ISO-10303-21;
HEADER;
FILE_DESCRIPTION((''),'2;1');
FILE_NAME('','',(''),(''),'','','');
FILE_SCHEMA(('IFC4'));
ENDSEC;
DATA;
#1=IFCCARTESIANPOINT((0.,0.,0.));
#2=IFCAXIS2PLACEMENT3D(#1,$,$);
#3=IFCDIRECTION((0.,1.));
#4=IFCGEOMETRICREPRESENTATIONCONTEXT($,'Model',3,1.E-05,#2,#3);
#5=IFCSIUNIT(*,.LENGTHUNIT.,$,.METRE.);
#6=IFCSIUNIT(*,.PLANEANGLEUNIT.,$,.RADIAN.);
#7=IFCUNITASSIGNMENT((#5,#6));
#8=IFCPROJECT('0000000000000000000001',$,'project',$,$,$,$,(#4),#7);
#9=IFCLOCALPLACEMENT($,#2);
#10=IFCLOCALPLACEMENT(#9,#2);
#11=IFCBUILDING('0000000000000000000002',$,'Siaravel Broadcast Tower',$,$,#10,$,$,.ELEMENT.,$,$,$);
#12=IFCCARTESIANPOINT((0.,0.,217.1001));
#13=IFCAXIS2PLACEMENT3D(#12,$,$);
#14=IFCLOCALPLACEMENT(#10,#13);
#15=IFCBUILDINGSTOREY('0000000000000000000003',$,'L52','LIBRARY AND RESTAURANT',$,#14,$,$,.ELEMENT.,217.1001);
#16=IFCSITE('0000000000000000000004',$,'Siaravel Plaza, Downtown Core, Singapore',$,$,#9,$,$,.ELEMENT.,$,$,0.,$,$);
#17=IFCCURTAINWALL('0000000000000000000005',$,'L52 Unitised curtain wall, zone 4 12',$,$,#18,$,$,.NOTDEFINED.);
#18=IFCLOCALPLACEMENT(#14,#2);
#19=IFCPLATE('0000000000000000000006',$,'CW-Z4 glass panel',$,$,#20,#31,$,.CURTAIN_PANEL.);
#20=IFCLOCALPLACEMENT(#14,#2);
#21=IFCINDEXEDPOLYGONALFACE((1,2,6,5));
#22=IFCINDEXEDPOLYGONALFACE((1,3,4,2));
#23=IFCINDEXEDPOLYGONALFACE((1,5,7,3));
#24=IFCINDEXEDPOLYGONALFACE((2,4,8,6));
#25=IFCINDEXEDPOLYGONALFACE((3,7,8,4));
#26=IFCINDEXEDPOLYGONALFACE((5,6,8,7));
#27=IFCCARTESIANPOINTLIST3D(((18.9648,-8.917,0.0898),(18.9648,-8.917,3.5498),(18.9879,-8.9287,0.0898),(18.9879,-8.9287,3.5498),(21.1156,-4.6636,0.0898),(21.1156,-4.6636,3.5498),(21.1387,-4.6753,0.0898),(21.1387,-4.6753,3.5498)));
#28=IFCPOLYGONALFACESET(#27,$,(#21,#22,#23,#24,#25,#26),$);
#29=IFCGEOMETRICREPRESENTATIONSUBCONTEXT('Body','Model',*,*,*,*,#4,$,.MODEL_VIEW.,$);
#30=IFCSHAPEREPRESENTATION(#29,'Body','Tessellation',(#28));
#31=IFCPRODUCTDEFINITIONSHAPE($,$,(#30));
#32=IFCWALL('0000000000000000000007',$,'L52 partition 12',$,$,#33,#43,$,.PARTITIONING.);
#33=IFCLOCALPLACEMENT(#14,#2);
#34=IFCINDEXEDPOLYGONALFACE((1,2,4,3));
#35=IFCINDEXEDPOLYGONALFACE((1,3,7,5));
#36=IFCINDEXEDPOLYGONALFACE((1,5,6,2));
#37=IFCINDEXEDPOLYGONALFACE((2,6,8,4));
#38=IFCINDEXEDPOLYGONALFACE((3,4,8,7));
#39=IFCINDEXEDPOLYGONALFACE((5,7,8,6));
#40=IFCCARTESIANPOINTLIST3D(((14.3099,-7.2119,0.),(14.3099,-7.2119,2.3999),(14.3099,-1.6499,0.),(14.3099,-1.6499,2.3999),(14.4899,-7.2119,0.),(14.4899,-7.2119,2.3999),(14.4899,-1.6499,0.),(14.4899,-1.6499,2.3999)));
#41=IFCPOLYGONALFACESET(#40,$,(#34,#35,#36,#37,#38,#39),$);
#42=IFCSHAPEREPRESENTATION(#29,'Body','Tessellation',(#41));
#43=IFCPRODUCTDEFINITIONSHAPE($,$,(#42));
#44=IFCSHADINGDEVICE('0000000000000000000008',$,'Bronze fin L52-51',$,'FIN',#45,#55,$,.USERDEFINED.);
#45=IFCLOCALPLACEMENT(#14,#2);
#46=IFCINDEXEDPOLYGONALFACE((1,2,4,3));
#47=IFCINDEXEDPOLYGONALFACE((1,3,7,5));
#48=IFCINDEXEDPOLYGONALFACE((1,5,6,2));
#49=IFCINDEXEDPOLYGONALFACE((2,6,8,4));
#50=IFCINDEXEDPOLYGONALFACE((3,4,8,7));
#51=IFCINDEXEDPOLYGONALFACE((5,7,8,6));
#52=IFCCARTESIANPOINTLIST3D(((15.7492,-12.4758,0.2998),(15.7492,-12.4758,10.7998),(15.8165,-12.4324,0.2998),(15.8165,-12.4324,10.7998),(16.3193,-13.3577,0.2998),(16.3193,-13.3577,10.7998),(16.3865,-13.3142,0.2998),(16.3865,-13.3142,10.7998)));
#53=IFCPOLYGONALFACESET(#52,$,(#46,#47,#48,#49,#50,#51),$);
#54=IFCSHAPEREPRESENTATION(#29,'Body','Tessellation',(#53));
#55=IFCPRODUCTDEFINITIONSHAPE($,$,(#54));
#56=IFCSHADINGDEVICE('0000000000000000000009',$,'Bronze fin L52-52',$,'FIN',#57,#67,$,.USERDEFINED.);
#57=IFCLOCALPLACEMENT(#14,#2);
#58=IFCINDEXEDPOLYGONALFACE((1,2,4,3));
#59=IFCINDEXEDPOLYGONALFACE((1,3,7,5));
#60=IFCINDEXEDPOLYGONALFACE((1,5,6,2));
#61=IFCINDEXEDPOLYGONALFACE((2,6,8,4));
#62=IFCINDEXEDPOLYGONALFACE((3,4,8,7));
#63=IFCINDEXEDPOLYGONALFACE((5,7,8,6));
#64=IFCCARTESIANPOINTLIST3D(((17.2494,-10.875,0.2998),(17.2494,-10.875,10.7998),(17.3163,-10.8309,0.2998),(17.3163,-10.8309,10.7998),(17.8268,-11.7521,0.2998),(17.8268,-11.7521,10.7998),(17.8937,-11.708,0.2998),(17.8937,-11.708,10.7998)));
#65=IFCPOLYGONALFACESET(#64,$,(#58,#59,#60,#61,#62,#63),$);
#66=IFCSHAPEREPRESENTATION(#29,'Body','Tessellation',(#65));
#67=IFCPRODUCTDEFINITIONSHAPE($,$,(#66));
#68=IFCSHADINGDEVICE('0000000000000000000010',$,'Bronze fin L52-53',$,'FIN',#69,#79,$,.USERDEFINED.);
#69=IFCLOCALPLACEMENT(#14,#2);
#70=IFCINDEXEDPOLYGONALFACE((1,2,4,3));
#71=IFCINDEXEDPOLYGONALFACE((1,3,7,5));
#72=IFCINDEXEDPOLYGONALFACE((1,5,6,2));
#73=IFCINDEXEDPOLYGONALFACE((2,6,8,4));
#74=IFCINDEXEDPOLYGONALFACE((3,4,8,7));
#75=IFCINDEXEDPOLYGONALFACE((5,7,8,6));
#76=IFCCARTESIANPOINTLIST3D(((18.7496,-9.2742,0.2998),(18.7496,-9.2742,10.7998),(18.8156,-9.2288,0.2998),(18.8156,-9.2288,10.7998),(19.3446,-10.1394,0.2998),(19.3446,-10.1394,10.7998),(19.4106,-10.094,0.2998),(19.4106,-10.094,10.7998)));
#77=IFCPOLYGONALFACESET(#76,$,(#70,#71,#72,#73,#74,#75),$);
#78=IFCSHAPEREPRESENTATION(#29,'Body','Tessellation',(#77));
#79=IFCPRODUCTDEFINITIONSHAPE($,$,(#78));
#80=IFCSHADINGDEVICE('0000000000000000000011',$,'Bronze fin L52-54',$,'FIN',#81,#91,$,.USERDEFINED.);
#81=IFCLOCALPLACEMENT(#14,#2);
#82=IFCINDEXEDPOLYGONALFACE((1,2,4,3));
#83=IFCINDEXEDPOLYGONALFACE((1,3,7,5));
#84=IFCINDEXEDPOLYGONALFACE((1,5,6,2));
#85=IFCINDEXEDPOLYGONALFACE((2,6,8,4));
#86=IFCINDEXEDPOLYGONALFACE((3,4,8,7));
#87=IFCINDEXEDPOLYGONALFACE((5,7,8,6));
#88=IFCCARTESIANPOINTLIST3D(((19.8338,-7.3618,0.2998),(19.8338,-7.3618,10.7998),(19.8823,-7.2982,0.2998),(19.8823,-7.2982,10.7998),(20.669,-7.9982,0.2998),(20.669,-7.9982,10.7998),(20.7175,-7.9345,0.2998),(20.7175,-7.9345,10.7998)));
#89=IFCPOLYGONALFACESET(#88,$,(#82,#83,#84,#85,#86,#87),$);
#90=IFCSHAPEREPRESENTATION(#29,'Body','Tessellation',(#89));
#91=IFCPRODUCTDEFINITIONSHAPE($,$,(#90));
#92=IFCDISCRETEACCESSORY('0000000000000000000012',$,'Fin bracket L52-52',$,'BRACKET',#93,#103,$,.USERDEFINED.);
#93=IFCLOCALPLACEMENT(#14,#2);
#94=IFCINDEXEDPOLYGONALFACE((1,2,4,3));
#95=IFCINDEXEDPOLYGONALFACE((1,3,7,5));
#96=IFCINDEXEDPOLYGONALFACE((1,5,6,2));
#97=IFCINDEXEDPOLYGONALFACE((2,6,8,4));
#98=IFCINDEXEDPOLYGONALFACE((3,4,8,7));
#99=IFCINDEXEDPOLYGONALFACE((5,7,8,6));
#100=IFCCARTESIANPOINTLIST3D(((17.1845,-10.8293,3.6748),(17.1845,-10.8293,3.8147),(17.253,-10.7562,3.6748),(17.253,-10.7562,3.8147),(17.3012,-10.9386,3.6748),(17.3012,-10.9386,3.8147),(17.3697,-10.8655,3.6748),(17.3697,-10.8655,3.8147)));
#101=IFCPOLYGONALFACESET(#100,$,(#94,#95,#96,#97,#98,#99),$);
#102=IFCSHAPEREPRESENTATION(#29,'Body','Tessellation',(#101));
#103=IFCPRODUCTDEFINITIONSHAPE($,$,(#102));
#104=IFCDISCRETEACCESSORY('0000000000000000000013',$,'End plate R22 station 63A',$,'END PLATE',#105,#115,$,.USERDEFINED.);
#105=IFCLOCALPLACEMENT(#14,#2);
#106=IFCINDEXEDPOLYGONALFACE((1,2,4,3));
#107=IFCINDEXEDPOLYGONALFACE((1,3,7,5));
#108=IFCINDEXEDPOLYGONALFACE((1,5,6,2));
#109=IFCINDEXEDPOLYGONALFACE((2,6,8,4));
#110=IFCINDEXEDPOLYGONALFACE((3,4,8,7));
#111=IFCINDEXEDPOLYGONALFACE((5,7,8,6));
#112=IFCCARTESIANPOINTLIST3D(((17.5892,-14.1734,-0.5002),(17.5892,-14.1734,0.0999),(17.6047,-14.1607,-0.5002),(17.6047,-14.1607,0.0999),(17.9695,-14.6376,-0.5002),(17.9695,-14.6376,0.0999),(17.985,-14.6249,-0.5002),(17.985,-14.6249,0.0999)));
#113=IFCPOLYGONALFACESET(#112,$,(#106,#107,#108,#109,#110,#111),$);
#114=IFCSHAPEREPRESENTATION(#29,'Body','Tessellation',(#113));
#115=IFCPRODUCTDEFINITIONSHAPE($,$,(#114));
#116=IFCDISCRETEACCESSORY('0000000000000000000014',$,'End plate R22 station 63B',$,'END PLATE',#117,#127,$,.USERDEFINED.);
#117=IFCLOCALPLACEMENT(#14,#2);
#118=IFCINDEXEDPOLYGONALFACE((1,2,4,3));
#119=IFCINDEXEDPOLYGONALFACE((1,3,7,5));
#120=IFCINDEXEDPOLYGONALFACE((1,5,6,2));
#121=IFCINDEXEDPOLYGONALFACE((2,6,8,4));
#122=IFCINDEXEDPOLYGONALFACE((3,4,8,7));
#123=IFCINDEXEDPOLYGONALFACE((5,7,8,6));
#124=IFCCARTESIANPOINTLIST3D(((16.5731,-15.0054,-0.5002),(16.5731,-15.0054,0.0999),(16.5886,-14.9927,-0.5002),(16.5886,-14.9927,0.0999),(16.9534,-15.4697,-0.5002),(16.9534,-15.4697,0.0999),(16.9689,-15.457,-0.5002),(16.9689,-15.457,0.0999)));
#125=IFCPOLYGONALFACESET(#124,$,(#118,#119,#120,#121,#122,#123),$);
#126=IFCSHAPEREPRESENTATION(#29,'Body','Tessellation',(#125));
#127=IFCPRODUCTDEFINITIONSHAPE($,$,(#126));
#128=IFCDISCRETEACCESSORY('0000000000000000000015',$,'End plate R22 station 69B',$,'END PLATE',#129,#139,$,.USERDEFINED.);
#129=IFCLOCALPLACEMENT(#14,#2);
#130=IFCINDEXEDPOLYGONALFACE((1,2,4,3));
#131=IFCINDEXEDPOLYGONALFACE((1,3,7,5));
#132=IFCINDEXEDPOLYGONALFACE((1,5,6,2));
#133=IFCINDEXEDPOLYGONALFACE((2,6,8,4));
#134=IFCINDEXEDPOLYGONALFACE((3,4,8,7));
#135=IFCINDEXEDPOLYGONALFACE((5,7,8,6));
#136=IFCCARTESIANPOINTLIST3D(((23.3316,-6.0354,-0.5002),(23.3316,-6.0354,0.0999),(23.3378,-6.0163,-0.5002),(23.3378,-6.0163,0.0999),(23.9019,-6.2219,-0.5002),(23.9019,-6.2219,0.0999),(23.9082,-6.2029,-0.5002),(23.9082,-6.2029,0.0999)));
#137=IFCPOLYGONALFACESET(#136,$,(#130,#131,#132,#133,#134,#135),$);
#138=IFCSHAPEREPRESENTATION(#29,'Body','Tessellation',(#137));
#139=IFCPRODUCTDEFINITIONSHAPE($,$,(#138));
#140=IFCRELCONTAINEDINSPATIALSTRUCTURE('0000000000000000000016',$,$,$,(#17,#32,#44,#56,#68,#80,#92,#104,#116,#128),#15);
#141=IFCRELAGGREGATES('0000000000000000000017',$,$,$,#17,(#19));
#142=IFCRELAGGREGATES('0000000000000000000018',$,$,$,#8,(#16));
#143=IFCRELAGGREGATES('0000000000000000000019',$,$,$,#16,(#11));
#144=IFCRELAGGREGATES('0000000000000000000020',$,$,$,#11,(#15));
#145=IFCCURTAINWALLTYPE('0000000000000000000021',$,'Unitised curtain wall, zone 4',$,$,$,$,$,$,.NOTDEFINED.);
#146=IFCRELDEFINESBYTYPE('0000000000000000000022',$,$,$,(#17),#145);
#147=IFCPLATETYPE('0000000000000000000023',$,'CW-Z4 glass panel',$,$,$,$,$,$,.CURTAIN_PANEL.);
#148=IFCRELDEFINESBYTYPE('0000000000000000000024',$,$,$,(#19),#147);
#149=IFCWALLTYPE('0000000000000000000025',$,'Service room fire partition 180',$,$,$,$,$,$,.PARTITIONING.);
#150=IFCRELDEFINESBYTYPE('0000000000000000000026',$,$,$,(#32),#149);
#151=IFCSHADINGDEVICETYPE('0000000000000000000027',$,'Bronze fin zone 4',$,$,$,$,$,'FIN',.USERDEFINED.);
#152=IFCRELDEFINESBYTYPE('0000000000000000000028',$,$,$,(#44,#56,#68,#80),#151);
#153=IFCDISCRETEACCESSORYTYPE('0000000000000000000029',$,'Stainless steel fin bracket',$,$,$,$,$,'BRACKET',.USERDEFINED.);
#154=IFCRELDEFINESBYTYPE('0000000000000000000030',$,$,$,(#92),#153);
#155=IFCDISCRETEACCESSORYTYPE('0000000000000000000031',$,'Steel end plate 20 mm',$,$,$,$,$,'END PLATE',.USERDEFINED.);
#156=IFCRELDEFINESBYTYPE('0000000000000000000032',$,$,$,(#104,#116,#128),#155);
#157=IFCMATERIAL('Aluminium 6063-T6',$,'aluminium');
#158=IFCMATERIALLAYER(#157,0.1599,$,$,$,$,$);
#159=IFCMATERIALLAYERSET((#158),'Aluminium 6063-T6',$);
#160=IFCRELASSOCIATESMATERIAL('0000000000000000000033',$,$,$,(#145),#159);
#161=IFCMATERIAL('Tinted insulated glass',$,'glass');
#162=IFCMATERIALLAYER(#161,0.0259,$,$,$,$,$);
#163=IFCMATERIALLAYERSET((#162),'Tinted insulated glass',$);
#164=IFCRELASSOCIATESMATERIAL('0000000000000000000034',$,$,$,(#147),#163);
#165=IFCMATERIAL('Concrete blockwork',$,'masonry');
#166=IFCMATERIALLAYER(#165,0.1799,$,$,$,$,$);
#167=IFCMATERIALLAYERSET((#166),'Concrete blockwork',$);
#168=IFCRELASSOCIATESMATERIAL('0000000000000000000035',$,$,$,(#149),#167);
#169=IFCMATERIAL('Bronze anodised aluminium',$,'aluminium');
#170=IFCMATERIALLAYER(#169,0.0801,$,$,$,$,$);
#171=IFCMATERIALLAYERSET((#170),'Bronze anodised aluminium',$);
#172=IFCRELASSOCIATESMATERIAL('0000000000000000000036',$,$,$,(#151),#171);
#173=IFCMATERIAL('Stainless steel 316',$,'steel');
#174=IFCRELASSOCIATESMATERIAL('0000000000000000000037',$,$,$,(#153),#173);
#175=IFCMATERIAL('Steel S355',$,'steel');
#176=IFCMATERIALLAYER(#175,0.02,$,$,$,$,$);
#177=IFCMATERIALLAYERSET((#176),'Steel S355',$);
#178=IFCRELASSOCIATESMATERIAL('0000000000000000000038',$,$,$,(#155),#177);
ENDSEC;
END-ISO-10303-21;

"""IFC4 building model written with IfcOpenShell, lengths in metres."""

from ifc_helpers import new_model, si_unit, direction, frame, frame_2d, origin, origin_2d, place, context, subcontext, project, spatial, rectangle, extrude, material, layer, layer_set, type_object, element, aggregate, save


model = new_model("IFC4")

# Units and contexts
model_context = context("Model", 3, precision=1e-05, world=origin(), true_north=direction((0.0, 1.0)))
body_context = subcontext(model_context, "Body", "Model", "MODEL_VIEW")
ifc_project = project(units=[si_unit("LENGTHUNIT", "METRE"), si_unit("PLANEANGLEUNIT", "RADIAN")], contexts=[model_context])

# Site, building, storey
site_placement = place(None, origin())
site = spatial("IfcSite", under=ifc_project, at=site_placement, Name="Siaravel Plaza, Downtown Core, Singapore", CompositionType="ELEMENT", RefElevation=0.0)
building_placement = place(site_placement, origin())
building = spatial("IfcBuilding", under=site, at=building_placement, Name="Siaravel Broadcast Tower", CompositionType="ELEMENT")
storey_placement = place(building_placement, frame((0.0, 0.0, 217.1001)))
storey = spatial("IfcBuildingStorey", under=building, at=storey_placement, Name="L52", Description="LIBRARY AND RESTAURANT", CompositionType="ELEMENT", Elevation=217.1001)

# Shared definitions
ifc_material_1 = material(Name="Steel S355", Category="steel")

# Shared definitions
ifc_material_2 = material(Name="Aluminium 6063-T6", Category="aluminium")
ifc_layer_1 = layer(ifc_material_2, 0.1599)
ifc_layer_set_1 = layer_set([ifc_layer_1], Name="Aluminium 6063-T6")
curtain_wall_type = type_object("IfcCurtainWallType", Name="Unitised curtain wall, zone 4", PredefinedType="NOTDEFINED", material=ifc_layer_set_1)

# Curtain wall
curtain_wall_1_placement = place(storey_placement, origin())
curtain_wall_1 = element("IfcCurtainWall", 1, at=curtain_wall_1_placement, inside=storey, type_object=curtain_wall_type, Name="L52 Unitised curtain wall, zone 4 12", PredefinedType="NOTDEFINED")

# Plate
ifc_material_3 = material(Name="Tinted insulated glass", Category="glass")
ifc_layer_2 = layer(ifc_material_3, 0.0259)
ifc_layer_set_2 = layer_set([ifc_layer_2], Name="Tinted insulated glass")
plate_type = type_object("IfcPlateType", Name="CW-Z4 glass panel", PredefinedType="CURTAIN_PANEL", material=ifc_layer_set_2)
plate_1_placement = place(storey_placement, frame((20.0518, -6.7961, 0.0898), z_axis=(0.0, 0.0, 1.0), x_axis=(0.45126, 0.892393, 0.0)))
plate_1 = element("IfcPlate", 2, at=plate_1_placement, type_object=plate_type, Name="CW-Z4 glass panel", PredefinedType="CURTAIN_PANEL", context=body_context, shape_type="SweptSolid", body=[
    extrude(rectangle(XDim=4.7664, YDim=0.0259, at=origin_2d()), origin(), (0.0, 0.0, 1.0), 3.46),
])
aggregate(curtain_wall_1, [plate_1])

# Wall
ifc_material_4 = material(Name="Concrete blockwork", Category="masonry")
ifc_layer_3 = layer(ifc_material_4, 0.1799)
ifc_layer_set_3 = layer_set([ifc_layer_3], Name="Concrete blockwork")
wall_type = type_object("IfcWallType", Name="Service room fire partition 180", PredefinedType="PARTITIONING", material=ifc_layer_set_3)
wall_placement = place(storey_placement, frame((14.3999, -7.2119, 0.0), z_axis=(0.0, 0.0, 1.0), x_axis=(0.0, 1.0, 0.0)))
element("IfcWall", 3, at=wall_placement, inside=storey, type_object=wall_type, Name="L52 partition 12", PredefinedType="PARTITIONING", context=body_context, shape_type="SweptSolid", body=[
    extrude(rectangle(XDim=5.562, YDim=0.1799, at=frame_2d((2.781, 0.0))), origin(), (0.0, 0.0, 1.0), 2.3999),
])

# Shading devices
ifc_material_5 = material(Name="Bronze anodised aluminium", Category="aluminium")
ifc_layer_4 = layer(ifc_material_5, 0.0801)
ifc_layer_set_4 = layer_set([ifc_layer_4], Name="Bronze anodised aluminium")
shading_device_type = type_object("IfcShadingDeviceType", Name="Bronze fin zone 4", ElementType="FIN", PredefinedType="USERDEFINED", material=ifc_layer_set_4)
for number, where, z_axis, x_axis, name in (
    (4, (16.0679, -12.895, 0.2998), (0.0, 0.0, 1.0), (0.542884, -0.839808, 0.0), "Bronze fin L52-51"),
    (5, (17.5715, -11.2915, 0.2998), (0.0, 0.0, 1.0), (0.549831, -0.835276, 0.0), "Bronze fin L52-52"),
    (6, (19.0801, -9.6841, 0.2998), (0.0, 0.0, 1.0), (0.566668, -0.823946, 0.0), "Bronze fin L52-53"),
    (7, (20.2756, -7.6482, 0.2998), (0.0, 0.0, 1.0), (0.795426, -0.606051, 0.0), "Bronze fin L52-54"),
):
    element("IfcShadingDevice", number, at=place(storey_placement, frame(where, z_axis=z_axis, x_axis=x_axis)), inside=storey, type_object=shading_device_type, Name=name, ObjectType="FIN", PredefinedType="USERDEFINED", context=body_context, shape_type="SweptSolid", body=[
        extrude(rectangle(XDim=1.05, YDim=0.0801, at=origin_2d()), origin(), (0.0, 0.0, 1.0), 10.5),
    ])

# Discrete accessories
ifc_material_6 = material(Name="Stainless steel 316", Category="steel")
discrete_accessory_type_1 = type_object("IfcDiscreteAccessoryType", Name="Stainless steel fin bracket", ElementType="BRACKET", PredefinedType="USERDEFINED", material=ifc_material_6)
discrete_accessory_placement = place(storey_placement, frame((17.2771, -10.8474, 3.6748), z_axis=(0.0, 0.0, 1.0), x_axis=(0.729806, -0.683655, 0.0)))
element("IfcDiscreteAccessory", 8, at=discrete_accessory_placement, inside=storey, type_object=discrete_accessory_type_1, Name="Fin bracket L52-52", ObjectType="BRACKET", PredefinedType="USERDEFINED", context=body_context, shape_type="SweptSolid", body=[
    extrude(rectangle(XDim=0.1599, YDim=0.1001, at=origin_2d()), origin(), (0.0, 0.0, 1.0), 0.1399),
])
ifc_layer_5 = layer(ifc_material_1, 0.02)
ifc_layer_set_5 = layer_set([ifc_layer_5], Name="Steel S355")
discrete_accessory_type_2 = type_object("IfcDiscreteAccessoryType", Name="Steel end plate 20 mm", ElementType="END PLATE", PredefinedType="USERDEFINED", material=ifc_layer_set_5)
for number, where, z_axis, x_axis, name in (
    (9, (17.7871, -14.3992, -0.5002), (0.0, 0.0, 1.0), (0.773606, 0.633667, 0.0), "End plate R22 station 63A"),
    (10, (16.771, -15.2312, -0.5002), (0.0, 0.0, 1.0), (0.773606, 0.633667, 0.0), "End plate R22 station 63B"),
    (11, (23.6199, -6.1191, -0.5002), (0.0, 0.0, 1.0), (0.31091, 0.950439, 0.0), "End plate R22 station 69B"),
):
    element("IfcDiscreteAccessory", number, at=place(storey_placement, frame(where, z_axis=z_axis, x_axis=x_axis)), inside=storey, type_object=discrete_accessory_type_2, Name=name, ObjectType="END PLATE", PredefinedType="USERDEFINED", context=body_context, shape_type="SweptSolid", body=[
        extrude(rectangle(XDim=0.02, YDim=0.6001, at=origin_2d()), origin(), (0.0, 0.0, 1.0), 0.6001),
    ])

save(model, "model.ifc")
